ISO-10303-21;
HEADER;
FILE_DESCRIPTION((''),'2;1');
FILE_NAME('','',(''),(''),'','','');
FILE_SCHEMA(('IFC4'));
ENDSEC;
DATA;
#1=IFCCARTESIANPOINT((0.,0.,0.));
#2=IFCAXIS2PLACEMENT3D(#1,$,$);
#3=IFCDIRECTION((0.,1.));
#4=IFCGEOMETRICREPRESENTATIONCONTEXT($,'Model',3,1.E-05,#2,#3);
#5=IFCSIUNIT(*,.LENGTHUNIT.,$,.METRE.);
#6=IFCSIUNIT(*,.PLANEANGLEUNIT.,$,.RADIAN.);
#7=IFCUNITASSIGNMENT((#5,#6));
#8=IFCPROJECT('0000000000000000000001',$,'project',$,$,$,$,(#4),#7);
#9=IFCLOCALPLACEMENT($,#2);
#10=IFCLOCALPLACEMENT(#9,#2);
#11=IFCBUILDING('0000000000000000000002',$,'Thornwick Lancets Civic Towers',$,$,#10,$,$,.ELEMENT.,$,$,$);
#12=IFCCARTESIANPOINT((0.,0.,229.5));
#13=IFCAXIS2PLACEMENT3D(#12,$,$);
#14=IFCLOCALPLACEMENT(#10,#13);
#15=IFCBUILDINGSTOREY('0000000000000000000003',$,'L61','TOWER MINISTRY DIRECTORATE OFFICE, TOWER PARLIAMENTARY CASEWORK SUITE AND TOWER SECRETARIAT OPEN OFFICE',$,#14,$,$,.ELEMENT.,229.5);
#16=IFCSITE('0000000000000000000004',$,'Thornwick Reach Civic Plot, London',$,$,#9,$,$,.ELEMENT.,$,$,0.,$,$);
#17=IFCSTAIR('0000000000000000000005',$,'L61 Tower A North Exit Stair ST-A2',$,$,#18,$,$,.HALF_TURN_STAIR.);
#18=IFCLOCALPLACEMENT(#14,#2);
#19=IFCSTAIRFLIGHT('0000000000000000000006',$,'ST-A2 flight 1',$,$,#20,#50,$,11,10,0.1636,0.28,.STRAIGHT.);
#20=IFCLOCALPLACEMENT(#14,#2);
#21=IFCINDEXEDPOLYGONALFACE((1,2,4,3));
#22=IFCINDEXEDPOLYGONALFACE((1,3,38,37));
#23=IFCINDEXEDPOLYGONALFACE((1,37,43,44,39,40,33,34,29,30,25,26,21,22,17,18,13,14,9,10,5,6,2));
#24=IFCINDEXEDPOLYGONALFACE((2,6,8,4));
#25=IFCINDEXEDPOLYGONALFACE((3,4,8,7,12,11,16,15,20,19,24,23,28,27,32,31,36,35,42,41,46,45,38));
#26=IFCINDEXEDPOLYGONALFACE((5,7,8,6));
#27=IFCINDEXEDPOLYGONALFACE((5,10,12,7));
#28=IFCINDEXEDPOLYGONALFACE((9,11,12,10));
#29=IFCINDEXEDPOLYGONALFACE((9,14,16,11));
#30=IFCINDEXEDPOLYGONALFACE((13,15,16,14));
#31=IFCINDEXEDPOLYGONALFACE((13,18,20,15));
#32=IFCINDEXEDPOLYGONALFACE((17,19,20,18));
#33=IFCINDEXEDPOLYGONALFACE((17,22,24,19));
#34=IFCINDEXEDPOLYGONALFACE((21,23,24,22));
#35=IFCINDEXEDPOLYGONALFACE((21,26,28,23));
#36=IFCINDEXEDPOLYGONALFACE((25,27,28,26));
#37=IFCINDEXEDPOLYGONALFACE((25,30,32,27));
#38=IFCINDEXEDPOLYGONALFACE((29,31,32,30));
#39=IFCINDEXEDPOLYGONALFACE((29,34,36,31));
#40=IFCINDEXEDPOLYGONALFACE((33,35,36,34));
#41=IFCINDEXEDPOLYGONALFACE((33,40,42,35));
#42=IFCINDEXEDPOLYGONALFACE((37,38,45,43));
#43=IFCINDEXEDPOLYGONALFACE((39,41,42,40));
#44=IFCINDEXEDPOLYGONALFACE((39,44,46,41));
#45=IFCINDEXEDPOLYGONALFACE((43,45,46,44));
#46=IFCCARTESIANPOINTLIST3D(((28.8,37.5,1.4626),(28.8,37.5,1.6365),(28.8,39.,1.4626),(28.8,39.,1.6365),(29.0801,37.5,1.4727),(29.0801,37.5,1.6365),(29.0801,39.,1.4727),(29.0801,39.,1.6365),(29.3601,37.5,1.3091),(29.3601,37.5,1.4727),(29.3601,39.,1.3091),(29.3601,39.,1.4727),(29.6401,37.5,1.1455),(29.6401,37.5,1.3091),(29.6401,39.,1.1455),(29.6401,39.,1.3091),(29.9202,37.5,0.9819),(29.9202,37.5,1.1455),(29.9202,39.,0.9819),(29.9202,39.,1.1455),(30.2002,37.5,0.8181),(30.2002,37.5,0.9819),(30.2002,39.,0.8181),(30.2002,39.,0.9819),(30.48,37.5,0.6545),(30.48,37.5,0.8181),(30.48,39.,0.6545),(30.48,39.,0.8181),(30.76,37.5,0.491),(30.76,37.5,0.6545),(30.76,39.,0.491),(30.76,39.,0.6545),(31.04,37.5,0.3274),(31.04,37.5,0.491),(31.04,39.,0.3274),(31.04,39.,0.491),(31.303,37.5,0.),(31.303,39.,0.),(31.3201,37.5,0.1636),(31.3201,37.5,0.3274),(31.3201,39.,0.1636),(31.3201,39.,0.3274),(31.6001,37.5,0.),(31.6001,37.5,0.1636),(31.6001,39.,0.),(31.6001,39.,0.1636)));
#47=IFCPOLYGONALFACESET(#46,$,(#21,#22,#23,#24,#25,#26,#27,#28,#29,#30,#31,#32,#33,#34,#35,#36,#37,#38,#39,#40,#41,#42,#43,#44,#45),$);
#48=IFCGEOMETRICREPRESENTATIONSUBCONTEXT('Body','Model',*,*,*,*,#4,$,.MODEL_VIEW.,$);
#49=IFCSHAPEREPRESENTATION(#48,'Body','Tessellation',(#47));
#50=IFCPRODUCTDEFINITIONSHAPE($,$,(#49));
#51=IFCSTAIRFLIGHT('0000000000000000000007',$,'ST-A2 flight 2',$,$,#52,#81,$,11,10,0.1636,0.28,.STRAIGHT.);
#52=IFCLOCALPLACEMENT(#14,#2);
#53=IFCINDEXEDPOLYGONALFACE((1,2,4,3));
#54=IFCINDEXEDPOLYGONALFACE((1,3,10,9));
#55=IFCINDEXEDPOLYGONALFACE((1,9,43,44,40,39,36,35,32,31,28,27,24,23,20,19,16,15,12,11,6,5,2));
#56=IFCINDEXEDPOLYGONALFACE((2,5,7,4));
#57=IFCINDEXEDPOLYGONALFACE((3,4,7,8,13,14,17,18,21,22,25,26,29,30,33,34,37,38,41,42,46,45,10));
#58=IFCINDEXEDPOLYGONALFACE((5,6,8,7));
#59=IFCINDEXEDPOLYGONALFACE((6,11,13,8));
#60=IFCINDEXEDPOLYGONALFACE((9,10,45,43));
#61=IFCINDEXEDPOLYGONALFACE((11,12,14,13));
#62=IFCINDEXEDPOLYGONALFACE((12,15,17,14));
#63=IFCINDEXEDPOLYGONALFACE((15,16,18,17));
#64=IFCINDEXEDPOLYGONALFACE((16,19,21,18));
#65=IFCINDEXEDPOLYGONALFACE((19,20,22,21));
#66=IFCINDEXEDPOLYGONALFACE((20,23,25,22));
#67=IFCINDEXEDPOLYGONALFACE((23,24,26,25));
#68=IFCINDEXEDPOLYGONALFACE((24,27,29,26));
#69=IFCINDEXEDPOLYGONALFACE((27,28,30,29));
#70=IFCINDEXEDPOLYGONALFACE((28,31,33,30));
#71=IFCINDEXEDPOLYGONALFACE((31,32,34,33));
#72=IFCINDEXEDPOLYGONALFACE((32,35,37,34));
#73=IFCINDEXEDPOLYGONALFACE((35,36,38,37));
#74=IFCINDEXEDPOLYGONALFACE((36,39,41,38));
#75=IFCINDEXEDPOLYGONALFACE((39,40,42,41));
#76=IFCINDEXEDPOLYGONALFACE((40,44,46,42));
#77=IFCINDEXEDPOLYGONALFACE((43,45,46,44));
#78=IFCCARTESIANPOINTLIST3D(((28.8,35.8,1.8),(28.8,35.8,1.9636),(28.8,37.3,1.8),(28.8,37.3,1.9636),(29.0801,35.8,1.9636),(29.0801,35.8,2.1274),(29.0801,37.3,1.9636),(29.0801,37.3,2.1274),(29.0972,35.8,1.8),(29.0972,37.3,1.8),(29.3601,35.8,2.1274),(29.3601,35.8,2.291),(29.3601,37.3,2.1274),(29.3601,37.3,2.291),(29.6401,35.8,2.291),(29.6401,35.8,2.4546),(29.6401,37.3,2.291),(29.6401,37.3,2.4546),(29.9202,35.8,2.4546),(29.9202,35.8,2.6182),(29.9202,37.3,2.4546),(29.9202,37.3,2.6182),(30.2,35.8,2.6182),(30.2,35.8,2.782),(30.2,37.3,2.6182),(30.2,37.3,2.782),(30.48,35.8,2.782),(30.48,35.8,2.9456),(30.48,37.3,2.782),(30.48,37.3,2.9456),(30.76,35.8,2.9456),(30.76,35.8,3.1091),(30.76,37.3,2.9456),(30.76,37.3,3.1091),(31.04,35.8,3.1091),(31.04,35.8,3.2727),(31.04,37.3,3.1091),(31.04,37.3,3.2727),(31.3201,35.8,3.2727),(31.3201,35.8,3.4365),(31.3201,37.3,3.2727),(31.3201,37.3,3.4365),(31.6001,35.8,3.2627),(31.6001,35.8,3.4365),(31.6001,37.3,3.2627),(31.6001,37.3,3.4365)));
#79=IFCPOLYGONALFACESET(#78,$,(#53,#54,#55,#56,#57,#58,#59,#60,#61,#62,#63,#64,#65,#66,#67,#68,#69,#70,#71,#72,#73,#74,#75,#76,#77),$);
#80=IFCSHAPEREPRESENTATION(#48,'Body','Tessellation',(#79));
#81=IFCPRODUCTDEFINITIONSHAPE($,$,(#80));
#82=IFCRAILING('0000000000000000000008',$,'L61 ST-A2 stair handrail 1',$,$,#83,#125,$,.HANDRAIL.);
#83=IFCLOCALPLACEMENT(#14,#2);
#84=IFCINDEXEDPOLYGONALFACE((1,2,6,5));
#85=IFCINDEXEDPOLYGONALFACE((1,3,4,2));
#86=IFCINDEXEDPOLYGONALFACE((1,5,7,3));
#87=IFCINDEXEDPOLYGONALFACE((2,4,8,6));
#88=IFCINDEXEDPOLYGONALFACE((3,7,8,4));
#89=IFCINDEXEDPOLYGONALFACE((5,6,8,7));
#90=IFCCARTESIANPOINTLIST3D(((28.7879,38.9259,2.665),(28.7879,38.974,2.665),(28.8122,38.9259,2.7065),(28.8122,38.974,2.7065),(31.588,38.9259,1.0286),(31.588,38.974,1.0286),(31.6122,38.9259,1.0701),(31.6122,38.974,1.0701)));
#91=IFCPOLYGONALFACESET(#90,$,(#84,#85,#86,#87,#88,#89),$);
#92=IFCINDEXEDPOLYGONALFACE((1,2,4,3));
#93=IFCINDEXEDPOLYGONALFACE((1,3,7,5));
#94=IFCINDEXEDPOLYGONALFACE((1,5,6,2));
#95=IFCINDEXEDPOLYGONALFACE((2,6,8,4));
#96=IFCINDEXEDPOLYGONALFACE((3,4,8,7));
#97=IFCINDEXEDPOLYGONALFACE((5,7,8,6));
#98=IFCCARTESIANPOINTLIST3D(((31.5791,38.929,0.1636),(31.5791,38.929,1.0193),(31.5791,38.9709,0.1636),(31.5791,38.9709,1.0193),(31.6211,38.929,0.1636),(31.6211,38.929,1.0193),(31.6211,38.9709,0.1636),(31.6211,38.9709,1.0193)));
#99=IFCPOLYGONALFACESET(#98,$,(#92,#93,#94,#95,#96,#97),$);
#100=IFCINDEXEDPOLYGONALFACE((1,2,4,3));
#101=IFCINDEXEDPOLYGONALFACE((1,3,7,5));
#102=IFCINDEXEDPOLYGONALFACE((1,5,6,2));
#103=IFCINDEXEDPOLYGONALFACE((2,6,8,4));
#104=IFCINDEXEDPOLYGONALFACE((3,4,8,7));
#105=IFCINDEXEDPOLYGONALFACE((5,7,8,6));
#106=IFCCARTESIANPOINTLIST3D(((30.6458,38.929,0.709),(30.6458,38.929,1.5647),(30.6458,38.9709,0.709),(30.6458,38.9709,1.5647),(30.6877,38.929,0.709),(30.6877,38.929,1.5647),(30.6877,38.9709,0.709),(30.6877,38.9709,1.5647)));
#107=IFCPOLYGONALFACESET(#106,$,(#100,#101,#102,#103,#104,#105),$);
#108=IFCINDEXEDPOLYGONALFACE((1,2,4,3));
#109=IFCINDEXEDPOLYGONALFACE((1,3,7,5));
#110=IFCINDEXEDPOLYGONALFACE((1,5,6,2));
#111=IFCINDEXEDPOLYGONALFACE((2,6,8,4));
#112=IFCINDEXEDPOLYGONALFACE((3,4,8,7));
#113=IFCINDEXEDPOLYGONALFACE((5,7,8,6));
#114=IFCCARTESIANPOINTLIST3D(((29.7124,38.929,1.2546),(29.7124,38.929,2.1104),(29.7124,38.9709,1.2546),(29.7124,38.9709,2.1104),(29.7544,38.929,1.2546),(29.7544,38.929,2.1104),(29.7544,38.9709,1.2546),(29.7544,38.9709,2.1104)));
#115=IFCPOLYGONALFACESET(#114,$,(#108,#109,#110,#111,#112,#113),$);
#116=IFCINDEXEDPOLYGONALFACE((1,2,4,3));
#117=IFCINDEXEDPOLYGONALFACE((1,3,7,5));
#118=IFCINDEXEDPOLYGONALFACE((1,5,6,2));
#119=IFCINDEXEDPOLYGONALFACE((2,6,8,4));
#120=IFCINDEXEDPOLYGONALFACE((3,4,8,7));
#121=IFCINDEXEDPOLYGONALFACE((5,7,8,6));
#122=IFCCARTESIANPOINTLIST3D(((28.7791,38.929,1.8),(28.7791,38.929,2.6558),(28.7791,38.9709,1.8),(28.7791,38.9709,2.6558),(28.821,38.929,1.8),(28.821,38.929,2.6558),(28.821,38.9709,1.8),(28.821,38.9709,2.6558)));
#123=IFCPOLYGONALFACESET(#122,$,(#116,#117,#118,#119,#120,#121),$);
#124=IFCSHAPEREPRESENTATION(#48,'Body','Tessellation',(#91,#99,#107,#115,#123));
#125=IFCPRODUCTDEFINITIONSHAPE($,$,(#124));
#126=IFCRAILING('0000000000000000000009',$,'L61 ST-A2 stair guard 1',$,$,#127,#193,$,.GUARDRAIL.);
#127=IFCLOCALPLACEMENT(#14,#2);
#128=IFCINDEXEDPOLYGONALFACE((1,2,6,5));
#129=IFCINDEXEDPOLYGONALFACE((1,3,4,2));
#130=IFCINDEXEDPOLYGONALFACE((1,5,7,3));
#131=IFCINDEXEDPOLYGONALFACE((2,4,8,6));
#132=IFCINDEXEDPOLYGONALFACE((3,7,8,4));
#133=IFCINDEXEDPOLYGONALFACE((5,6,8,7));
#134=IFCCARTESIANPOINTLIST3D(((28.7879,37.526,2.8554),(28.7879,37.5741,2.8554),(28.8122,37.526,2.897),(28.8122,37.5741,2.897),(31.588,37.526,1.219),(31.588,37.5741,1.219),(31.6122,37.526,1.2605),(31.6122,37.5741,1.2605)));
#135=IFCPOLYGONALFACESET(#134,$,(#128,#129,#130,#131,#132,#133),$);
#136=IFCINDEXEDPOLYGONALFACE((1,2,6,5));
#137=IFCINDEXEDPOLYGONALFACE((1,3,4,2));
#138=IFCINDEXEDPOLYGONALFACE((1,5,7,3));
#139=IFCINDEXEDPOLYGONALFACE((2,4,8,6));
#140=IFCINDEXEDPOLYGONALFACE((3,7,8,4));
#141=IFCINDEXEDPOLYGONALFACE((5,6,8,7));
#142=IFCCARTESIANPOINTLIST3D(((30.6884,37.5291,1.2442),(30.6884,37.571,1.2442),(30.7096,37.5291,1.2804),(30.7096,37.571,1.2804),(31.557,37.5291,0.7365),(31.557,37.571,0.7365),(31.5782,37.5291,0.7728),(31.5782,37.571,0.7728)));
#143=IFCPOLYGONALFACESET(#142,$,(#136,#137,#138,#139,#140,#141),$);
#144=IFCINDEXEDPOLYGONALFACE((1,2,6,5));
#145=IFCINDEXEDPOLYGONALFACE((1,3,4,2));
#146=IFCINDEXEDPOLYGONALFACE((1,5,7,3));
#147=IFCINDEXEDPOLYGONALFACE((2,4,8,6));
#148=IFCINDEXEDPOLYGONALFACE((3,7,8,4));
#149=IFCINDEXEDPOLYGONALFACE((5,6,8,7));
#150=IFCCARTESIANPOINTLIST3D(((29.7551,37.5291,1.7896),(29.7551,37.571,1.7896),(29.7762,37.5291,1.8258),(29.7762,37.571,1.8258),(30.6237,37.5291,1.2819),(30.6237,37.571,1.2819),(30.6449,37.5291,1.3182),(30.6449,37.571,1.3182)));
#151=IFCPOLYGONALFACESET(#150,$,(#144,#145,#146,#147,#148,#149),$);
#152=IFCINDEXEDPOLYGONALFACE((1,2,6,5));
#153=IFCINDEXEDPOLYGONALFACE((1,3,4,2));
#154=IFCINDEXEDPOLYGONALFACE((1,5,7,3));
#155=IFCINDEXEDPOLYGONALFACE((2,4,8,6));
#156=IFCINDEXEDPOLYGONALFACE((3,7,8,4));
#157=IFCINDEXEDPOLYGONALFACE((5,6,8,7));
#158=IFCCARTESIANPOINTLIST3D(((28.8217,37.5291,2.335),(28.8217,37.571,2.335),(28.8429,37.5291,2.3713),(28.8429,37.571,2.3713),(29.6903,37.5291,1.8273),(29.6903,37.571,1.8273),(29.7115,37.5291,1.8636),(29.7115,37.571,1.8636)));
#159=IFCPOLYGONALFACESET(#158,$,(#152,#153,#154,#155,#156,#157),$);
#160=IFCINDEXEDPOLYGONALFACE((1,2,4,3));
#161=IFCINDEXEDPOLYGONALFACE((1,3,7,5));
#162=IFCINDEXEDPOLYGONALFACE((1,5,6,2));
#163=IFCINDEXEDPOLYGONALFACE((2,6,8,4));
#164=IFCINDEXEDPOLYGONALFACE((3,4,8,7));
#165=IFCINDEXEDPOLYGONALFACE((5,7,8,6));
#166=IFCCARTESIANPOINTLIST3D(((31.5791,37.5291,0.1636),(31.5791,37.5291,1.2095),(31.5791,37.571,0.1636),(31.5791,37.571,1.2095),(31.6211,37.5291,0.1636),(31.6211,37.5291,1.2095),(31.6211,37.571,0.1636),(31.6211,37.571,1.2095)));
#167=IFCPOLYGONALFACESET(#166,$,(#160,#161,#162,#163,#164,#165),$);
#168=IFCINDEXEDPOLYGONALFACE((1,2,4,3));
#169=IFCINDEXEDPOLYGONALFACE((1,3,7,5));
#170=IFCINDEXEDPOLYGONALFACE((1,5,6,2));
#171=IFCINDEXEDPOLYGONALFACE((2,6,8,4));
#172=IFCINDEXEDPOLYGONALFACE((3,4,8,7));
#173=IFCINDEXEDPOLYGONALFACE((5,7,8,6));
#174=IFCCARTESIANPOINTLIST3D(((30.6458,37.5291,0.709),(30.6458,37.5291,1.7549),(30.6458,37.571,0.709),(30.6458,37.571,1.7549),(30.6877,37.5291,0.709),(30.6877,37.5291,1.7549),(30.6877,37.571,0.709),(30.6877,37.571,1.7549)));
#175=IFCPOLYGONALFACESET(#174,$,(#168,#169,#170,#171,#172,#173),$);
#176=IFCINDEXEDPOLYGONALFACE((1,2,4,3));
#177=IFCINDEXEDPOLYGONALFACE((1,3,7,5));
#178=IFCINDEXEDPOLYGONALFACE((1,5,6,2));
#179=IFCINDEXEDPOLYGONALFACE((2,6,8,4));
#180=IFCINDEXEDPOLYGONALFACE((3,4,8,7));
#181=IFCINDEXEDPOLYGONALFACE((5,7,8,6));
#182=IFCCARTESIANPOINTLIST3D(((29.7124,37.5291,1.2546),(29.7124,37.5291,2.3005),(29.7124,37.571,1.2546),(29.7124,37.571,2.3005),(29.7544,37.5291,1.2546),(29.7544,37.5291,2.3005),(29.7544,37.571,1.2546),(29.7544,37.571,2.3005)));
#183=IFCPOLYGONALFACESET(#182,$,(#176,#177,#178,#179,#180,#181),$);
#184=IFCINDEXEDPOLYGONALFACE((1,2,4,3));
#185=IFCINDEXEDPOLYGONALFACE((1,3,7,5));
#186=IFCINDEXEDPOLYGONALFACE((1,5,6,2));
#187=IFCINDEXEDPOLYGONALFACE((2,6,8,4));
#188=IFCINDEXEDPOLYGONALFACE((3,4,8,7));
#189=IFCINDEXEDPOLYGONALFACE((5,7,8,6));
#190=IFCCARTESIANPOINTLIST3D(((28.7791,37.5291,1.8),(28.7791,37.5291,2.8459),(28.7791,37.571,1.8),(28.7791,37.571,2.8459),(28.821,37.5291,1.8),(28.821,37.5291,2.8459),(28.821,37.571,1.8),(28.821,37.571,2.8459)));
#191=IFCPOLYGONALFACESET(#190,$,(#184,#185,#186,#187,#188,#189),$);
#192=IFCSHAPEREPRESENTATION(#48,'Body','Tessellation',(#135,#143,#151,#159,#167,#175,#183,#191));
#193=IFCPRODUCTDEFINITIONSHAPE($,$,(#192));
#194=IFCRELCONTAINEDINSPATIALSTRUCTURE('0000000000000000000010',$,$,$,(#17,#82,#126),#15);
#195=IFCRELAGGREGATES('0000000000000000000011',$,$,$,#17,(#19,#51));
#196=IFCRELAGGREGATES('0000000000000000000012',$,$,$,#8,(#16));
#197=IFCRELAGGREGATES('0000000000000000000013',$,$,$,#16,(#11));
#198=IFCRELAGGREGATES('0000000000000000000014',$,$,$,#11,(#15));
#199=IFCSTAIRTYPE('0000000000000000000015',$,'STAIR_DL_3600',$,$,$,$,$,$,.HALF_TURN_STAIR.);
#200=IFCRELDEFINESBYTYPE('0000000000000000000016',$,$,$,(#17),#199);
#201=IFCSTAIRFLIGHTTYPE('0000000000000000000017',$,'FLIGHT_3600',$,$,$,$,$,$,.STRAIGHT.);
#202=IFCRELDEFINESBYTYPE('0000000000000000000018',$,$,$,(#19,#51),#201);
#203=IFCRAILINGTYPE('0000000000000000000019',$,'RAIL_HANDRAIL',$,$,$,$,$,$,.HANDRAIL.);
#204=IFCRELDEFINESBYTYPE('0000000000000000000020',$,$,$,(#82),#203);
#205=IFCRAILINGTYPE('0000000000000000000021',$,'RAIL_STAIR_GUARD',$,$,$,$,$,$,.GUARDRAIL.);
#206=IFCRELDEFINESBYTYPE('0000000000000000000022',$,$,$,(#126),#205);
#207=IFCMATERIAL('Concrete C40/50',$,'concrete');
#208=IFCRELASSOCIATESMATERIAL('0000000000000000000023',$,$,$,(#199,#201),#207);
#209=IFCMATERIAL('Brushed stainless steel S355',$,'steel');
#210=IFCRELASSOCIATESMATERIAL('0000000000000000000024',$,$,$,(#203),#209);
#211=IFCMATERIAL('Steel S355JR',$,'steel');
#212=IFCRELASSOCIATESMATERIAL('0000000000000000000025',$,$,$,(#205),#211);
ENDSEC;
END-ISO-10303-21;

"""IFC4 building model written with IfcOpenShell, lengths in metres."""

from ifc_helpers import new_model, si_unit, direction, frame, origin, origin_2d, place, context, subcontext, project, spatial, polyline, rectangle, outline, extrude, material, type_object, element, aggregate, save


model = new_model("IFC4")

# Units and contexts
model_context = context("Model", 3, precision=1e-05, world=origin(), true_north=direction((0.0, 1.0)))
body_context = subcontext(model_context, "Body", "Model", "MODEL_VIEW")
ifc_project = project(units=[si_unit("LENGTHUNIT", "METRE"), si_unit("PLANEANGLEUNIT", "RADIAN")], contexts=[model_context])

# Site, building, storey
site_placement = place(None, origin())
site = spatial("IfcSite", under=ifc_project, at=site_placement, Name="Thornwick Reach Civic Plot, London", CompositionType="ELEMENT", RefElevation=0.0)
building_placement = place(site_placement, origin())
building = spatial("IfcBuilding", under=site, at=building_placement, Name="Thornwick Lancets Civic Towers", CompositionType="ELEMENT")
storey_placement = place(building_placement, frame((0.0, 0.0, 229.5)))
storey = spatial("IfcBuildingStorey", under=building, at=storey_placement, Name="L61", Description="TOWER MINISTRY DIRECTORATE OFFICE, TOWER PARLIAMENTARY CASEWORK SUITE AND TOWER SECRETARIAT OPEN OFFICE", CompositionType="ELEMENT", Elevation=229.5)

# Shared definitions
ifc_material_1 = material(Name="Steel S355JR", Category="steel")
ifc_material_2 = material(Name="Concrete C40/50", Category="concrete")

# Stair, stair flights
stair_type = type_object("IfcStairType", Name="STAIR_DL_3600", PredefinedType="HALF_TURN_STAIR", material=ifc_material_2)
stair_placement = place(storey_placement, origin())
stair = element("IfcStair", 1, at=stair_placement, inside=storey, type_object=stair_type, Name="L61 Tower A North Exit Stair ST-A2", PredefinedType="HALF_TURN_STAIR")
stair_flight_type = type_object("IfcStairFlightType", Name="FLIGHT_3600", PredefinedType="STRAIGHT", material=ifc_material_2)
stair_flight_1_placement = place(storey_placement, frame((31.6001, 38.25, 0.0), z_axis=(0.0, 0.0, 1.0), x_axis=(-1.0, 0.0, 0.0)))
stair_flight_1 = element("IfcStairFlight", 2, at=stair_flight_1_placement, type_object=stair_flight_type, Name="ST-A2 flight 1", NumberOfRisers=11, NumberOfTreads=10, PredefinedType="STRAIGHT", RiserHeight=0.1636, TreadLength=0.28, context=body_context, shape_type="SweptSolid", body=[
    extrude(outline(polyline([(0.0, 0.0), (0.0, 0.1636), (0.28, 0.1636), (0.28, 0.3274), (0.5601, 0.3274), (0.5601, 0.491), (0.8401, 0.491), (0.8401, 0.6545), (1.1201, 0.6545), (1.1201, 0.8181), (1.3999, 0.8181), (1.3999, 0.9819), (1.6799, 0.9819), (1.6799, 1.1455), (1.96, 1.1455), (1.96, 1.3091), (2.24, 1.3091), (2.24, 1.4727), (2.52, 1.4727), (2.52, 1.6365), (2.8, 1.6365), (2.8, 1.8), (2.8, 1.4626), (0.2971, 0.0), (0.0, 0.0)])), frame((0.0, 0.75, 0.0), z_axis=(0.0, -1.0, 0.0), x_axis=(1.0, 0.0, 0.0)), (0.0, 0.0, 1.0), 1.5),
])
stair_flight_2_placement = place(storey_placement, frame((28.8, 36.55, 1.8), z_axis=(0.0, 0.0, 1.0), x_axis=(1.0, 0.0, 0.0)))
stair_flight_2 = element("IfcStairFlight", 3, at=stair_flight_2_placement, type_object=stair_flight_type, Name="ST-A2 flight 2", NumberOfRisers=11, NumberOfTreads=10, PredefinedType="STRAIGHT", RiserHeight=0.1636, TreadLength=0.28, context=body_context, shape_type="SweptSolid", body=[
    extrude(outline(polyline([(0.0, 0.0), (0.0, 0.1636), (0.28, 0.1636), (0.28, 0.3274), (0.5601, 0.3274), (0.5601, 0.491), (0.8401, 0.491), (0.8401, 0.6545), (1.1201, 0.6545), (1.1201, 0.8181), (1.3999, 0.8181), (1.3999, 0.9819), (1.6799, 0.9819), (1.6799, 1.1455), (1.96, 1.1455), (1.96, 1.3091), (2.24, 1.3091), (2.24, 1.4727), (2.52, 1.4727), (2.52, 1.6365), (2.8, 1.6365), (2.8, 1.8), (2.8, 1.4626), (0.2971, 0.0), (0.0, 0.0)])), frame((0.0, 0.75, 0.0), z_axis=(0.0, -1.0, 0.0), x_axis=(1.0, 0.0, 0.0)), (0.0, 0.0, 1.0), 1.5),
])
aggregate(stair, [stair_flight_1, stair_flight_2])

# Railings
ifc_material_3 = material(Name="Brushed stainless steel S355", Category="steel")
railing_type_1 = type_object("IfcRailingType", Name="RAIL_HANDRAIL", PredefinedType="HANDRAIL", material=ifc_material_3)
railing_1_placement = place(storey_placement, frame((31.6001, 38.95, 0.1636)))
element("IfcRailing", 4, at=railing_1_placement, inside=storey, type_object=railing_type_1, Name="L61 ST-A2 stair handrail 1", PredefinedType="HANDRAIL", context=body_context, shape_type="SweptSolid", body=[
    extrude(rectangle(XDim=0.0481, YDim=0.0481, at=origin_2d()), frame((0.0, 0.0, 0.8857), z_axis=(-0.863361, 0.0, 0.504587), x_axis=(0.0, -1.0, 0.0)), (0.0, 0.0, 1.0), 3.2432),
    extrude(rectangle(XDim=0.042, YDim=0.042, at=origin_2d()), origin(), (0.0, 0.0, 1.0), 0.8557),
    extrude(rectangle(XDim=0.042, YDim=0.042, at=origin_2d()), frame((-0.9333, 0.0, 0.5454)), (0.0, 0.0, 1.0), 0.8557),
    extrude(rectangle(XDim=0.042, YDim=0.042, at=origin_2d()), frame((-1.8667, 0.0, 1.0911)), (0.0, 0.0, 1.0), 0.8557),
    extrude(rectangle(XDim=0.042, YDim=0.042, at=origin_2d()), frame((-2.8, 0.0, 1.6365)), (0.0, 0.0, 1.0), 0.8557),
])
railing_type_2 = type_object("IfcRailingType", Name="RAIL_STAIR_GUARD", PredefinedType="GUARDRAIL", material=ifc_material_1)
railing_2_placement = place(storey_placement, frame((31.6001, 37.55, 0.1636)))
element("IfcRailing", 5, at=railing_2_placement, inside=storey, type_object=railing_type_2, Name="L61 ST-A2 stair guard 1", PredefinedType="GUARDRAIL", context=body_context, shape_type="SweptSolid", body=[
    extrude(rectangle(XDim=0.0481, YDim=0.0481, at=origin_2d()), frame((0.0, 0.0, 1.0762), z_axis=(-0.863361, 0.0, 0.504587), x_axis=(0.0, -1.0, 0.0)), (0.0, 0.0, 1.0), 3.2432),
    extrude(rectangle(XDim=0.042, YDim=0.042, at=origin_2d()), frame((-0.0325, 0.0, 0.5911), z_axis=(-0.863361, 0.0, 0.504587), x_axis=(0.0, -1.0, 0.0)), (0.0, 0.0, 1.0), 1.0061),
    extrude(rectangle(XDim=0.042, YDim=0.042, at=origin_2d()), frame((-0.9658, 0.0, 1.1365), z_axis=(-0.863361, 0.0, 0.504587), x_axis=(0.0, -1.0, 0.0)), (0.0, 0.0, 1.0), 1.0061),
    extrude(rectangle(XDim=0.042, YDim=0.042, at=origin_2d()), frame((-1.8992, 0.0, 1.6819), z_axis=(-0.863361, 0.0, 0.504587), x_axis=(0.0, -1.0, 0.0)), (0.0, 0.0, 1.0), 1.0061),
    extrude(rectangle(XDim=0.042, YDim=0.042, at=origin_2d()), origin(), (0.0, 0.0, 1.0), 1.0459),
    extrude(rectangle(XDim=0.042, YDim=0.042, at=origin_2d()), frame((-0.9333, 0.0, 0.5454)), (0.0, 0.0, 1.0), 1.0459),
    extrude(rectangle(XDim=0.042, YDim=0.042, at=origin_2d()), frame((-1.8667, 0.0, 1.0911)), (0.0, 0.0, 1.0), 1.0459),
    extrude(rectangle(XDim=0.042, YDim=0.042, at=origin_2d()), frame((-2.8, 0.0, 1.6365)), (0.0, 0.0, 1.0), 1.0459),
])

save(model, "model.ifc")
